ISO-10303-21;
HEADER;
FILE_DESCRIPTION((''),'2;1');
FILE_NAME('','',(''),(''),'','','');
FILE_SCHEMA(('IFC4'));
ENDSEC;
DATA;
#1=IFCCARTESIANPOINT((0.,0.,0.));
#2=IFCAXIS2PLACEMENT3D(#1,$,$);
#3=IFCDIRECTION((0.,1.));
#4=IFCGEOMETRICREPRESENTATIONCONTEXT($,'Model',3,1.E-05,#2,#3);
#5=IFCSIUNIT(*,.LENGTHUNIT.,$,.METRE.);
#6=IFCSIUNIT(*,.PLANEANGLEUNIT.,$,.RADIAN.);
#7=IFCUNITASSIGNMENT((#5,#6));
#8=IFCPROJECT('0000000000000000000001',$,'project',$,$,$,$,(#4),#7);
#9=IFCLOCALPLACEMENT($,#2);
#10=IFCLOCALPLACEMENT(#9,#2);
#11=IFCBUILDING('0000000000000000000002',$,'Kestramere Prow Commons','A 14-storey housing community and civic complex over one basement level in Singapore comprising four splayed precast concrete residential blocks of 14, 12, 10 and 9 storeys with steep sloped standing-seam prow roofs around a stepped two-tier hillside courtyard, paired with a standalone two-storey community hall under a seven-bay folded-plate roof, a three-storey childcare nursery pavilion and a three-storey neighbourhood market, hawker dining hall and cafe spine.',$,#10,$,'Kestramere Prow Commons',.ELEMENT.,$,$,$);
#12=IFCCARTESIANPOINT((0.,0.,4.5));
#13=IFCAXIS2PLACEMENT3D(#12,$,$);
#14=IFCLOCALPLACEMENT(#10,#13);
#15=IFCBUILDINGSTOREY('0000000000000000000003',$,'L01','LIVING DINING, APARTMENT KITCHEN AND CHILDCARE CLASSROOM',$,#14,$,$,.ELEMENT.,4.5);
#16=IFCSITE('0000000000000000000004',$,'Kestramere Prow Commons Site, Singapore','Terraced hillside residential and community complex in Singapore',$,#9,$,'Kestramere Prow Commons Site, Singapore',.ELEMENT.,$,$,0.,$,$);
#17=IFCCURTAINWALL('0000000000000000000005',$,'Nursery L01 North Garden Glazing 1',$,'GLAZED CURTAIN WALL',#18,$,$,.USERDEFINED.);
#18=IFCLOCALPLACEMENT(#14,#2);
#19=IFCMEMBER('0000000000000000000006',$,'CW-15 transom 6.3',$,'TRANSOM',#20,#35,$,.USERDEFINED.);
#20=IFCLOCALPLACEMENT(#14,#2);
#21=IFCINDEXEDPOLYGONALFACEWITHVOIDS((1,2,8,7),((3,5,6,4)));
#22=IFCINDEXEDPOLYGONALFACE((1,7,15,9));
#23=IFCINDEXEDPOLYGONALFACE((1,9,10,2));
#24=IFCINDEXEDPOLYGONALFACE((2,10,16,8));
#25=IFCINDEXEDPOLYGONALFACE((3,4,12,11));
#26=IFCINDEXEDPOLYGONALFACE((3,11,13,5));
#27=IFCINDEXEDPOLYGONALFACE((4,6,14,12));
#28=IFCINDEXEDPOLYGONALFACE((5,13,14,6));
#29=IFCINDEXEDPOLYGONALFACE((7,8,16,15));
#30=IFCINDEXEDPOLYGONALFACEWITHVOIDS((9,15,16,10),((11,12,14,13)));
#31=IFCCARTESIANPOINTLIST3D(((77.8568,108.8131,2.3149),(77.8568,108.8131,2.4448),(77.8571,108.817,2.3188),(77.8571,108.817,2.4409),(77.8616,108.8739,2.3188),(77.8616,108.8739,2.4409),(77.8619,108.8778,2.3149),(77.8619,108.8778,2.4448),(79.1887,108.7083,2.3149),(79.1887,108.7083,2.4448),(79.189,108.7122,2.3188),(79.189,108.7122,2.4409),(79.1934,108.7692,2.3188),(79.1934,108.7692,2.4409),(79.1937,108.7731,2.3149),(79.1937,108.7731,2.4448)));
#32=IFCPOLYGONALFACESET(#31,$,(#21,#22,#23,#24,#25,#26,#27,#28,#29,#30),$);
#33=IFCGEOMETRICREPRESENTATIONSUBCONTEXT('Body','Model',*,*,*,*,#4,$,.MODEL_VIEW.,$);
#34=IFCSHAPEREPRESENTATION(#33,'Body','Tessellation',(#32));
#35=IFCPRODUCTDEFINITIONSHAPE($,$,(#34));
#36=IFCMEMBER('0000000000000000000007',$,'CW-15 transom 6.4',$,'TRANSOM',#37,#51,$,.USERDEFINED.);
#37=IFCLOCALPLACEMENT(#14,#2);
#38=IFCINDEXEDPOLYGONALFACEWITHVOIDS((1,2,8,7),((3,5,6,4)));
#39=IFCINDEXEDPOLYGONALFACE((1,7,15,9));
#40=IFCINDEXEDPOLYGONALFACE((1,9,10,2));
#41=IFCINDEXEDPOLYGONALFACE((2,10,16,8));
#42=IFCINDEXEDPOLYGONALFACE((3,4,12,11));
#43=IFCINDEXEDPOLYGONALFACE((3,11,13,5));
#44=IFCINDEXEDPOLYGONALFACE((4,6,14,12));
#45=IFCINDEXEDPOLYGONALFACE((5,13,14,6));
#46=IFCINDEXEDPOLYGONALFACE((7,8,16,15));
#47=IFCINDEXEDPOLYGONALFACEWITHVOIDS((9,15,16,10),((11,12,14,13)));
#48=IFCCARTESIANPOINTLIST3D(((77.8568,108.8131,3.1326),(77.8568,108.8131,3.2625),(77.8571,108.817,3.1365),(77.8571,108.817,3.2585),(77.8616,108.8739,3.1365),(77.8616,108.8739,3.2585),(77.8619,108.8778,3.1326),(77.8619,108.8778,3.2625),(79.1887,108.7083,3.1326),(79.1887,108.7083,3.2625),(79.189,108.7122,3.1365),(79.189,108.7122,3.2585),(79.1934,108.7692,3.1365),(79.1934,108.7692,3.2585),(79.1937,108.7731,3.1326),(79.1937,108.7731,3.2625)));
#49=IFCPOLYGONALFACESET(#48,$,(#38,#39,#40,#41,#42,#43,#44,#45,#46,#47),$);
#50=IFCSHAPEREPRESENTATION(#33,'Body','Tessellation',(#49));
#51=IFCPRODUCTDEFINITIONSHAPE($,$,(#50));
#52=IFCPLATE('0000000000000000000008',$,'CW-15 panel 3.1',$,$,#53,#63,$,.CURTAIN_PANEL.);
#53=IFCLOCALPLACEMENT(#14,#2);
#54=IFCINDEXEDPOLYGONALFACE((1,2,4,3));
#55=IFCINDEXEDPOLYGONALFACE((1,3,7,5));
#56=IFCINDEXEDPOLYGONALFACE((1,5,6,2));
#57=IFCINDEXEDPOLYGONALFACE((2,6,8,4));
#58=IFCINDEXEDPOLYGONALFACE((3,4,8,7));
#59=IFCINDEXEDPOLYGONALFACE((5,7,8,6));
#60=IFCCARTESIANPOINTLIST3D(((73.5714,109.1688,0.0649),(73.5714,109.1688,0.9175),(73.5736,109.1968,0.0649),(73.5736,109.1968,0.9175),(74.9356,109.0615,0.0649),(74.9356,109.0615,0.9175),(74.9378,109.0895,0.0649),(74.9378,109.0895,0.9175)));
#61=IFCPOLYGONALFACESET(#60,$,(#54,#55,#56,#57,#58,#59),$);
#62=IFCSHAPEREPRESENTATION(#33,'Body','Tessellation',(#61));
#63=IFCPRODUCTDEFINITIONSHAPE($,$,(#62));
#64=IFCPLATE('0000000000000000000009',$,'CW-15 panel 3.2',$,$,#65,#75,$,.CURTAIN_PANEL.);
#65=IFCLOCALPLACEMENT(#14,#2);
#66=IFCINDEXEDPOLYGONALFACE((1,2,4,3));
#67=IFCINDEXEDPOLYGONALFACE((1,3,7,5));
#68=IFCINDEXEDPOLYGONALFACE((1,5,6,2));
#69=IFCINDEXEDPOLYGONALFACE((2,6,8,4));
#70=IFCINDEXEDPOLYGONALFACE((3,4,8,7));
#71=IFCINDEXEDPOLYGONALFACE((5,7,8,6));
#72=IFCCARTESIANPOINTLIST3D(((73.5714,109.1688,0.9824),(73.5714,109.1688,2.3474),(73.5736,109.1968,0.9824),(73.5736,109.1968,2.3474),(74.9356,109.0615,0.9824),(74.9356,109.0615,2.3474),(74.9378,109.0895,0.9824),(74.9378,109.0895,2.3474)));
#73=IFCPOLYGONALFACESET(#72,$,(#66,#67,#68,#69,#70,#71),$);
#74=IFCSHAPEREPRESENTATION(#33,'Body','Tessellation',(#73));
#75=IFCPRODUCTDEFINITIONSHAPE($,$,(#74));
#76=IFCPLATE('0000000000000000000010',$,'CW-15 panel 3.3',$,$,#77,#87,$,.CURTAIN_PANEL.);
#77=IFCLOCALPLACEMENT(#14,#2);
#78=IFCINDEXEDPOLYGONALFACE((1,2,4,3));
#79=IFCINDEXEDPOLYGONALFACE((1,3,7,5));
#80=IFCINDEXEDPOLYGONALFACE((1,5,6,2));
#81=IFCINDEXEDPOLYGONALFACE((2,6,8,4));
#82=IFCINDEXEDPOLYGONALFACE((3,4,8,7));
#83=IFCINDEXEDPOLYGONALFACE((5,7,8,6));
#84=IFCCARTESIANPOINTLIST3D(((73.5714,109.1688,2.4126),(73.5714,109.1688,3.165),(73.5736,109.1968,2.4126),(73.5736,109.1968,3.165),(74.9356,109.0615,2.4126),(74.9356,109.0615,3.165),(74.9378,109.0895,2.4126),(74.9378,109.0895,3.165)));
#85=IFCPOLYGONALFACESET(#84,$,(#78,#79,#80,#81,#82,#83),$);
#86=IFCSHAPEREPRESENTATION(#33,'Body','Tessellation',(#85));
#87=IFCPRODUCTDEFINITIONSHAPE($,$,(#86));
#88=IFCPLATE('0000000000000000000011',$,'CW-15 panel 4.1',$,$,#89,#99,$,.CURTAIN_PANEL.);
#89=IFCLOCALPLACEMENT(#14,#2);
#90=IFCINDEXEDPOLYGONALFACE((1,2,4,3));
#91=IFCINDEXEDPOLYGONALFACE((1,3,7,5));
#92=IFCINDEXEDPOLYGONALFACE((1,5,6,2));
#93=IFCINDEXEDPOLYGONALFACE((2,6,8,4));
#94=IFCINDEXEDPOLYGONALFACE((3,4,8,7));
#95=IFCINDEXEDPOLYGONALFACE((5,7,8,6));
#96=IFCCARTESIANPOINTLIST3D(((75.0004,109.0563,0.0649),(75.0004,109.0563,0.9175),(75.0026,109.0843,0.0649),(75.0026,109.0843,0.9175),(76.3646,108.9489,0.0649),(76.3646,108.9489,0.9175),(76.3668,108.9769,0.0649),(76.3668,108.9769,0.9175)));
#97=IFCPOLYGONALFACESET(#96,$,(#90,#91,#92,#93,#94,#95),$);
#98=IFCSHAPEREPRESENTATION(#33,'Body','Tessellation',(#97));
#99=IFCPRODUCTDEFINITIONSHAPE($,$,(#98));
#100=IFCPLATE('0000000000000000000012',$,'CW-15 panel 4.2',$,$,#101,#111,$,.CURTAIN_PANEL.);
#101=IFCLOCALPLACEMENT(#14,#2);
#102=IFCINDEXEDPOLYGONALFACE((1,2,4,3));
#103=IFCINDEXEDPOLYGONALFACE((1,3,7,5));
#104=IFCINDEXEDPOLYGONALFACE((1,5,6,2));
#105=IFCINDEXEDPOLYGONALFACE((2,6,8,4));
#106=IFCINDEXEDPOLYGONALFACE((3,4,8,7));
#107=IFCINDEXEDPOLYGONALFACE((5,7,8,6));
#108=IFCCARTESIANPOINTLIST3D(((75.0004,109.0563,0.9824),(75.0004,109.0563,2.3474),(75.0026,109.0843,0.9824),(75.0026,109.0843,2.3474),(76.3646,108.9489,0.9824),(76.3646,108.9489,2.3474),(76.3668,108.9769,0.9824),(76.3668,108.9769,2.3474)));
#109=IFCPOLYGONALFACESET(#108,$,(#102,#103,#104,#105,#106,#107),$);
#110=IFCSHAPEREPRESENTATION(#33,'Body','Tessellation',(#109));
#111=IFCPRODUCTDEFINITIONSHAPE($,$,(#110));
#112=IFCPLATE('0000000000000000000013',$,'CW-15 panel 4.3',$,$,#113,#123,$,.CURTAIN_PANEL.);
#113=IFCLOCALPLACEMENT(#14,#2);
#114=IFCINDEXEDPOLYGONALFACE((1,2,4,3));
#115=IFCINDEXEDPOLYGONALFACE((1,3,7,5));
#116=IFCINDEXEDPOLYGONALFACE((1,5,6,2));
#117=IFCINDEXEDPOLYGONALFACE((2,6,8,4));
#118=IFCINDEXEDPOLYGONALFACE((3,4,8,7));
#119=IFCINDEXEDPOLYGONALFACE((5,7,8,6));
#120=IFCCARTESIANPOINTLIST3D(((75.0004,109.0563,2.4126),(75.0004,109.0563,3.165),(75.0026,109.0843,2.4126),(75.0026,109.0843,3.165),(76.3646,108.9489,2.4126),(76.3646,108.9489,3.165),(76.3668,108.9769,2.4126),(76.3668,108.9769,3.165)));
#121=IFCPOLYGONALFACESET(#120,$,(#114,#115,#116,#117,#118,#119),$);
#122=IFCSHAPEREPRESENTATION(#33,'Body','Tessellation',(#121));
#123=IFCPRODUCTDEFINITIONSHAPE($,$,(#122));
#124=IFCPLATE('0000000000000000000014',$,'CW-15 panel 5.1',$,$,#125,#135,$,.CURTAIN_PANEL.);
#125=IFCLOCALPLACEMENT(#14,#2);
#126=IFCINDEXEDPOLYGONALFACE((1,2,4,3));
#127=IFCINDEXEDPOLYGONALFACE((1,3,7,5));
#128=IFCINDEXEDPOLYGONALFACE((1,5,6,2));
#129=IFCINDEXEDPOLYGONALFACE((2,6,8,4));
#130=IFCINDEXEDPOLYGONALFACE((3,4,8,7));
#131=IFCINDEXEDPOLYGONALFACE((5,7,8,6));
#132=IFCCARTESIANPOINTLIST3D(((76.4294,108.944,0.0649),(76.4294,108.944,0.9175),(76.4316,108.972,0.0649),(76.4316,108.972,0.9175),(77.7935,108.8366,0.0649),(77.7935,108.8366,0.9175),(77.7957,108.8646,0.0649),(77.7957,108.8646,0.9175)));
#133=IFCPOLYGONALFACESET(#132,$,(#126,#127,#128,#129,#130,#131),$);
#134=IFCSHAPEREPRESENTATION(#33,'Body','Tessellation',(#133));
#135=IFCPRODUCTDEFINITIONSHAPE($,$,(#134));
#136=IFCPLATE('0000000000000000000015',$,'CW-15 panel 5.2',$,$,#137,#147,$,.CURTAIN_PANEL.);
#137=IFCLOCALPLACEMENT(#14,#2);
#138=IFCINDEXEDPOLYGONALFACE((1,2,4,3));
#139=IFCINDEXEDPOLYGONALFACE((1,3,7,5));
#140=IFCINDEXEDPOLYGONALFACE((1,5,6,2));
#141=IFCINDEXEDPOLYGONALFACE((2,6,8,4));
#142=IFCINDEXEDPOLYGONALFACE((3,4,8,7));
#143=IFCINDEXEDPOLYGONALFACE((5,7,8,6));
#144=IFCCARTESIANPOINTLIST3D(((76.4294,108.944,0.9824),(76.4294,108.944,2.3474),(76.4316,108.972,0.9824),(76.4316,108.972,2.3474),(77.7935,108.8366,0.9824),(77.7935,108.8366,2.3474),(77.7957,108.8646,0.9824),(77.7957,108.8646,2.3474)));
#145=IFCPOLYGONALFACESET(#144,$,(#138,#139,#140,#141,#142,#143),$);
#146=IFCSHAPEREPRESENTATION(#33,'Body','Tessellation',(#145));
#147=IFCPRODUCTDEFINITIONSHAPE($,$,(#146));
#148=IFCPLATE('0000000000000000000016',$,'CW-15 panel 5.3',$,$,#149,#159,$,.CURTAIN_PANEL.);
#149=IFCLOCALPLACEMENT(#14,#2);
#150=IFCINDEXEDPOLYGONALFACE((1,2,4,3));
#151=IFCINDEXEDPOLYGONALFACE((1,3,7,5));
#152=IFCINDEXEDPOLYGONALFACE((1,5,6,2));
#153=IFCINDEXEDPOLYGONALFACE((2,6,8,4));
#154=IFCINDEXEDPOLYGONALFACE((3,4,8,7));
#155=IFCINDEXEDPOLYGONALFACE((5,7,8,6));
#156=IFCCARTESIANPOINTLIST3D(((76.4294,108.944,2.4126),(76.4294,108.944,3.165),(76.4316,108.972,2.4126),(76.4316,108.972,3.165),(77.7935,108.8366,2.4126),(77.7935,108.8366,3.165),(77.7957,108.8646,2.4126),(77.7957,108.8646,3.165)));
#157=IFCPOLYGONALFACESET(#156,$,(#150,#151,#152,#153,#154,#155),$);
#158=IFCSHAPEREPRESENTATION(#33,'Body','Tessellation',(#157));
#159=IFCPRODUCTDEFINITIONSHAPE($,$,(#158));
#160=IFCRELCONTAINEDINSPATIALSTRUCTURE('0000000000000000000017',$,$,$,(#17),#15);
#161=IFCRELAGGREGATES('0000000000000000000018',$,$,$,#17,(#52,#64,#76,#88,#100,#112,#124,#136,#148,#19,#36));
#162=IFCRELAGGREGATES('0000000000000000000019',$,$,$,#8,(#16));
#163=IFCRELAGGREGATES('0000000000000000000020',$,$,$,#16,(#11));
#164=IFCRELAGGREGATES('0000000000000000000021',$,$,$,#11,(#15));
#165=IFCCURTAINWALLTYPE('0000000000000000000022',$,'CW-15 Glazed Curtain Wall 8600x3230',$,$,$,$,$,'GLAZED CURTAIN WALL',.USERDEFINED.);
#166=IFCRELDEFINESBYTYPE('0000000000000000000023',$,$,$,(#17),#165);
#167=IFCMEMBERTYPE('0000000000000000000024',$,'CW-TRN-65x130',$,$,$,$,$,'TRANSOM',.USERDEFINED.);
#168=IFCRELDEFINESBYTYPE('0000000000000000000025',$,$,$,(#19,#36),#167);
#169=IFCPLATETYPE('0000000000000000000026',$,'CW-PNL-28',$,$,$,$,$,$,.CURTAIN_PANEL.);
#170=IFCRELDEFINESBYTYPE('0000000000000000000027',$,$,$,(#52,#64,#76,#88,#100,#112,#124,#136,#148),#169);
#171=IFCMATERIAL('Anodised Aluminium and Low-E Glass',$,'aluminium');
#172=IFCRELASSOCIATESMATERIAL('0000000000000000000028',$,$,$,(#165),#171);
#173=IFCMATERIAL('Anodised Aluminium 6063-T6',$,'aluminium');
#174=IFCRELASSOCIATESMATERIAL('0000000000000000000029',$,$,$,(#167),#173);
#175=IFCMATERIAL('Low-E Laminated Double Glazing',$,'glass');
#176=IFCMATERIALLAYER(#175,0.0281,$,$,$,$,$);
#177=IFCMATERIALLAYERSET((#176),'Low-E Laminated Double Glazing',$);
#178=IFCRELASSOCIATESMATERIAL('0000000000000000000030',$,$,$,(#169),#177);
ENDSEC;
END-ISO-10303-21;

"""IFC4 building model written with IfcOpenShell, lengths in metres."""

from ifc_helpers import new_model, si_unit, direction, frame, origin, origin_2d, place, context, subcontext, project, spatial, rectangle, hollow_rectangle, extrude, material, layer, layer_set, material_profile, profile_set, type_object, element, aggregate, save


model = new_model("IFC4")

# Units and contexts
model_context = context("Model", 3, precision=1e-05, world=origin(), true_north=direction((0.0, 1.0)))
body_context = subcontext(model_context, "Body", "Model", "MODEL_VIEW")
ifc_project = project(units=[si_unit("LENGTHUNIT", "METRE"), si_unit("PLANEANGLEUNIT", "RADIAN")], contexts=[model_context])

# Site, building, storey
site_placement = place(None, origin())
site = spatial("IfcSite", under=ifc_project, at=site_placement, Name="Kestramere Prow Commons Site, Singapore", Description="Terraced hillside residential and community complex in Singapore", LongName="Kestramere Prow Commons Site, Singapore", CompositionType="ELEMENT", RefElevation=0.0)
building_placement = place(site_placement, origin())
building = spatial("IfcBuilding", under=site, at=building_placement, Name="Kestramere Prow Commons", Description="A 14-storey housing community and civic complex over one basement level in Singapore comprising four splayed precast concrete residential blocks of 14, 12, 10 and 9 storeys with steep sloped standing-seam prow roofs around a stepped two-tier hillside courtyard, paired with a standalone two-storey community hall under a seven-bay folded-plate roof, a three-storey childcare nursery pavilion and a three-storey neighbourhood market, hawker dining hall and cafe spine.", LongName="Kestramere Prow Commons", CompositionType="ELEMENT")
storey_placement = place(building_placement, frame((0.0, 0.0, 4.5)))
storey = spatial("IfcBuildingStorey", under=building, at=storey_placement, Name="L01", Description="LIVING DINING, APARTMENT KITCHEN AND CHILDCARE CLASSROOM", CompositionType="ELEMENT", Elevation=4.5)

# Curtain wall, members, plates
ifc_material_1 = material(Name="Anodised Aluminium and Low-E Glass", Category="aluminium")
curtain_wall_type = type_object("IfcCurtainWallType", Name="CW-15 Glazed Curtain Wall 8600x3230", ElementType="GLAZED CURTAIN WALL", PredefinedType="USERDEFINED", material=ifc_material_1)
curtain_wall_placement = place(storey_placement, origin())
curtain_wall = element("IfcCurtainWall", 1, at=curtain_wall_placement, inside=storey, type_object=curtain_wall_type, Name="Nursery L01 North Garden Glazing 1", ObjectType="GLAZED CURTAIN WALL", PredefinedType="USERDEFINED")
ifc_material_2 = material(Name="Anodised Aluminium 6063-T6", Category="aluminium")
ifc_material_profile_1 = material_profile(ifc_material_2, hollow_rectangle(XDim=0.0649, YDim=0.1299, WallThickness=0.0039, at=origin_2d()), Name="ALU-TRN 65x130")
ifc_profile_set_1 = profile_set([ifc_material_profile_1], Name="Anodised Aluminium 6063-T6")
member_type_1 = type_object("IfcMemberType", Name="CW-TRN-65x130", ElementType="TRANSOM", PredefinedType="USERDEFINED", material=ifc_profile_set_1)
member_1_placement = place(storey_placement, frame((77.8594, 108.8455, 2.3799), z_axis=(0.996922, -0.078401, 0.0), x_axis=(0.078401, 0.996922, 0.0)))
member_1 = element("IfcMember", 2, at=member_1_placement, type_object=member_type_1, Name="CW-15 transom 6.3", ObjectType="TRANSOM", PredefinedType="USERDEFINED", context=body_context, shape_type="SweptSolid", body=[
    extrude(hollow_rectangle(XDim=0.0649, YDim=0.1299, WallThickness=0.0039, at=origin_2d()), origin(), (0.0, 0.0, 1.0), 1.3359),
])
member_2_placement = place(storey_placement, frame((77.8594, 108.8455, 3.1975), z_axis=(0.996922, -0.078401, 0.0), x_axis=(0.078401, 0.996922, 0.0)))
member_2 = element("IfcMember", 3, at=member_2_placement, type_object=member_type_1, Name="CW-15 transom 6.4", ObjectType="TRANSOM", PredefinedType="USERDEFINED", context=body_context, shape_type="SweptSolid", body=[
    extrude(hollow_rectangle(XDim=0.0649, YDim=0.1299, WallThickness=0.0039, at=origin_2d()), origin(), (0.0, 0.0, 1.0), 1.3359),
])
ifc_material_3 = material(Name="Low-E Laminated Double Glazing", Category="glass")
ifc_layer = layer(ifc_material_3, 0.0281)
ifc_layer_set = layer_set([ifc_layer], Name="Low-E Laminated Double Glazing")
plate_type = type_object("IfcPlateType", Name="CW-PNL-28", PredefinedType="CURTAIN_PANEL", material=ifc_layer_set)
plate_1_placement = place(storey_placement, frame((74.2546, 109.1292, 0.0649), z_axis=(0.0, 0.0, 1.0), x_axis=(0.996917, -0.078459, 0.0)))
plate_1 = element("IfcPlate", 4, at=plate_1_placement, type_object=plate_type, Name="CW-15 panel 3.1", PredefinedType="CURTAIN_PANEL", context=body_context, shape_type="SweptSolid", body=[
    extrude(rectangle(XDim=1.3684, YDim=0.0281, at=origin_2d()), origin(), (0.0, 0.0, 1.0), 0.8525),
])
plate_2_placement = place(storey_placement, frame((74.2546, 109.1292, 0.9824), z_axis=(0.0, 0.0, 1.0), x_axis=(0.996917, -0.078459, 0.0)))
plate_2 = element("IfcPlate", 5, at=plate_2_placement, type_object=plate_type, Name="CW-15 panel 3.2", PredefinedType="CURTAIN_PANEL", context=body_context, shape_type="SweptSolid", body=[
    extrude(rectangle(XDim=1.3684, YDim=0.0281, at=origin_2d()), origin(), (0.0, 0.0, 1.0), 1.365),
])
plate_3_placement = place(storey_placement, frame((74.2546, 109.1292, 2.4126), z_axis=(0.0, 0.0, 1.0), x_axis=(0.996917, -0.078459, 0.0)))
plate_3 = element("IfcPlate", 6, at=plate_3_placement, type_object=plate_type, Name="CW-15 panel 3.3", PredefinedType="CURTAIN_PANEL", context=body_context, shape_type="SweptSolid", body=[
    extrude(rectangle(XDim=1.3684, YDim=0.0281, at=origin_2d()), origin(), (0.0, 0.0, 1.0), 0.7524),
])
plate_4_placement = place(storey_placement, frame((75.6836, 109.0166, 0.0649), z_axis=(0.0, 0.0, 1.0), x_axis=(0.996917, -0.078459, 0.0)))
plate_4 = element("IfcPlate", 7, at=plate_4_placement, type_object=plate_type, Name="CW-15 panel 4.1", PredefinedType="CURTAIN_PANEL", context=body_context, shape_type="SweptSolid", body=[
    extrude(rectangle(XDim=1.3684, YDim=0.0281, at=origin_2d()), origin(), (0.0, 0.0, 1.0), 0.8525),
])
plate_5_placement = place(storey_placement, frame((75.6836, 109.0166, 0.9824), z_axis=(0.0, 0.0, 1.0), x_axis=(0.996917, -0.078459, 0.0)))
plate_5 = element("IfcPlate", 8, at=plate_5_placement, type_object=plate_type, Name="CW-15 panel 4.2", PredefinedType="CURTAIN_PANEL", context=body_context, shape_type="SweptSolid", body=[
    extrude(rectangle(XDim=1.3684, YDim=0.0281, at=origin_2d()), origin(), (0.0, 0.0, 1.0), 1.365),
])
plate_6_placement = place(storey_placement, frame((75.6836, 109.0166, 2.4126), z_axis=(0.0, 0.0, 1.0), x_axis=(0.996917, -0.078459, 0.0)))
plate_6 = element("IfcPlate", 9, at=plate_6_placement, type_object=plate_type, Name="CW-15 panel 4.3", PredefinedType="CURTAIN_PANEL", context=body_context, shape_type="SweptSolid", body=[
    extrude(rectangle(XDim=1.3684, YDim=0.0281, at=origin_2d()), origin(), (0.0, 0.0, 1.0), 0.7524),
])
plate_7_placement = place(storey_placement, frame((77.1125, 108.9043, 0.0649), z_axis=(0.0, 0.0, 1.0), x_axis=(0.996917, -0.078459, 0.0)))
plate_7 = element("IfcPlate", 10, at=plate_7_placement, type_object=plate_type, Name="CW-15 panel 5.1", PredefinedType="CURTAIN_PANEL", context=body_context, shape_type="SweptSolid", body=[
    extrude(rectangle(XDim=1.3684, YDim=0.0281, at=origin_2d()), origin(), (0.0, 0.0, 1.0), 0.8525),
])
plate_8_placement = place(storey_placement, frame((77.1125, 108.9043, 0.9824), z_axis=(0.0, 0.0, 1.0), x_axis=(0.996917, -0.078459, 0.0)))
plate_8 = element("IfcPlate", 11, at=plate_8_placement, type_object=plate_type, Name="CW-15 panel 5.2", PredefinedType="CURTAIN_PANEL", context=body_context, shape_type="SweptSolid", body=[
    extrude(rectangle(XDim=1.3684, YDim=0.0281, at=origin_2d()), origin(), (0.0, 0.0, 1.0), 1.365),
])
plate_9_placement = place(storey_placement, frame((77.1125, 108.9043, 2.4126), z_axis=(0.0, 0.0, 1.0), x_axis=(0.996917, -0.078459, 0.0)))
plate_9 = element("IfcPlate", 12, at=plate_9_placement, type_object=plate_type, Name="CW-15 panel 5.3", PredefinedType="CURTAIN_PANEL", context=body_context, shape_type="SweptSolid", body=[
    extrude(rectangle(XDim=1.3684, YDim=0.0281, at=origin_2d()), origin(), (0.0, 0.0, 1.0), 0.7524),
])
aggregate(curtain_wall, [plate_1, plate_2, plate_3, plate_4, plate_5, plate_6, plate_7, plate_8, plate_9, member_1, member_2])

save(model, "model.ifc")
